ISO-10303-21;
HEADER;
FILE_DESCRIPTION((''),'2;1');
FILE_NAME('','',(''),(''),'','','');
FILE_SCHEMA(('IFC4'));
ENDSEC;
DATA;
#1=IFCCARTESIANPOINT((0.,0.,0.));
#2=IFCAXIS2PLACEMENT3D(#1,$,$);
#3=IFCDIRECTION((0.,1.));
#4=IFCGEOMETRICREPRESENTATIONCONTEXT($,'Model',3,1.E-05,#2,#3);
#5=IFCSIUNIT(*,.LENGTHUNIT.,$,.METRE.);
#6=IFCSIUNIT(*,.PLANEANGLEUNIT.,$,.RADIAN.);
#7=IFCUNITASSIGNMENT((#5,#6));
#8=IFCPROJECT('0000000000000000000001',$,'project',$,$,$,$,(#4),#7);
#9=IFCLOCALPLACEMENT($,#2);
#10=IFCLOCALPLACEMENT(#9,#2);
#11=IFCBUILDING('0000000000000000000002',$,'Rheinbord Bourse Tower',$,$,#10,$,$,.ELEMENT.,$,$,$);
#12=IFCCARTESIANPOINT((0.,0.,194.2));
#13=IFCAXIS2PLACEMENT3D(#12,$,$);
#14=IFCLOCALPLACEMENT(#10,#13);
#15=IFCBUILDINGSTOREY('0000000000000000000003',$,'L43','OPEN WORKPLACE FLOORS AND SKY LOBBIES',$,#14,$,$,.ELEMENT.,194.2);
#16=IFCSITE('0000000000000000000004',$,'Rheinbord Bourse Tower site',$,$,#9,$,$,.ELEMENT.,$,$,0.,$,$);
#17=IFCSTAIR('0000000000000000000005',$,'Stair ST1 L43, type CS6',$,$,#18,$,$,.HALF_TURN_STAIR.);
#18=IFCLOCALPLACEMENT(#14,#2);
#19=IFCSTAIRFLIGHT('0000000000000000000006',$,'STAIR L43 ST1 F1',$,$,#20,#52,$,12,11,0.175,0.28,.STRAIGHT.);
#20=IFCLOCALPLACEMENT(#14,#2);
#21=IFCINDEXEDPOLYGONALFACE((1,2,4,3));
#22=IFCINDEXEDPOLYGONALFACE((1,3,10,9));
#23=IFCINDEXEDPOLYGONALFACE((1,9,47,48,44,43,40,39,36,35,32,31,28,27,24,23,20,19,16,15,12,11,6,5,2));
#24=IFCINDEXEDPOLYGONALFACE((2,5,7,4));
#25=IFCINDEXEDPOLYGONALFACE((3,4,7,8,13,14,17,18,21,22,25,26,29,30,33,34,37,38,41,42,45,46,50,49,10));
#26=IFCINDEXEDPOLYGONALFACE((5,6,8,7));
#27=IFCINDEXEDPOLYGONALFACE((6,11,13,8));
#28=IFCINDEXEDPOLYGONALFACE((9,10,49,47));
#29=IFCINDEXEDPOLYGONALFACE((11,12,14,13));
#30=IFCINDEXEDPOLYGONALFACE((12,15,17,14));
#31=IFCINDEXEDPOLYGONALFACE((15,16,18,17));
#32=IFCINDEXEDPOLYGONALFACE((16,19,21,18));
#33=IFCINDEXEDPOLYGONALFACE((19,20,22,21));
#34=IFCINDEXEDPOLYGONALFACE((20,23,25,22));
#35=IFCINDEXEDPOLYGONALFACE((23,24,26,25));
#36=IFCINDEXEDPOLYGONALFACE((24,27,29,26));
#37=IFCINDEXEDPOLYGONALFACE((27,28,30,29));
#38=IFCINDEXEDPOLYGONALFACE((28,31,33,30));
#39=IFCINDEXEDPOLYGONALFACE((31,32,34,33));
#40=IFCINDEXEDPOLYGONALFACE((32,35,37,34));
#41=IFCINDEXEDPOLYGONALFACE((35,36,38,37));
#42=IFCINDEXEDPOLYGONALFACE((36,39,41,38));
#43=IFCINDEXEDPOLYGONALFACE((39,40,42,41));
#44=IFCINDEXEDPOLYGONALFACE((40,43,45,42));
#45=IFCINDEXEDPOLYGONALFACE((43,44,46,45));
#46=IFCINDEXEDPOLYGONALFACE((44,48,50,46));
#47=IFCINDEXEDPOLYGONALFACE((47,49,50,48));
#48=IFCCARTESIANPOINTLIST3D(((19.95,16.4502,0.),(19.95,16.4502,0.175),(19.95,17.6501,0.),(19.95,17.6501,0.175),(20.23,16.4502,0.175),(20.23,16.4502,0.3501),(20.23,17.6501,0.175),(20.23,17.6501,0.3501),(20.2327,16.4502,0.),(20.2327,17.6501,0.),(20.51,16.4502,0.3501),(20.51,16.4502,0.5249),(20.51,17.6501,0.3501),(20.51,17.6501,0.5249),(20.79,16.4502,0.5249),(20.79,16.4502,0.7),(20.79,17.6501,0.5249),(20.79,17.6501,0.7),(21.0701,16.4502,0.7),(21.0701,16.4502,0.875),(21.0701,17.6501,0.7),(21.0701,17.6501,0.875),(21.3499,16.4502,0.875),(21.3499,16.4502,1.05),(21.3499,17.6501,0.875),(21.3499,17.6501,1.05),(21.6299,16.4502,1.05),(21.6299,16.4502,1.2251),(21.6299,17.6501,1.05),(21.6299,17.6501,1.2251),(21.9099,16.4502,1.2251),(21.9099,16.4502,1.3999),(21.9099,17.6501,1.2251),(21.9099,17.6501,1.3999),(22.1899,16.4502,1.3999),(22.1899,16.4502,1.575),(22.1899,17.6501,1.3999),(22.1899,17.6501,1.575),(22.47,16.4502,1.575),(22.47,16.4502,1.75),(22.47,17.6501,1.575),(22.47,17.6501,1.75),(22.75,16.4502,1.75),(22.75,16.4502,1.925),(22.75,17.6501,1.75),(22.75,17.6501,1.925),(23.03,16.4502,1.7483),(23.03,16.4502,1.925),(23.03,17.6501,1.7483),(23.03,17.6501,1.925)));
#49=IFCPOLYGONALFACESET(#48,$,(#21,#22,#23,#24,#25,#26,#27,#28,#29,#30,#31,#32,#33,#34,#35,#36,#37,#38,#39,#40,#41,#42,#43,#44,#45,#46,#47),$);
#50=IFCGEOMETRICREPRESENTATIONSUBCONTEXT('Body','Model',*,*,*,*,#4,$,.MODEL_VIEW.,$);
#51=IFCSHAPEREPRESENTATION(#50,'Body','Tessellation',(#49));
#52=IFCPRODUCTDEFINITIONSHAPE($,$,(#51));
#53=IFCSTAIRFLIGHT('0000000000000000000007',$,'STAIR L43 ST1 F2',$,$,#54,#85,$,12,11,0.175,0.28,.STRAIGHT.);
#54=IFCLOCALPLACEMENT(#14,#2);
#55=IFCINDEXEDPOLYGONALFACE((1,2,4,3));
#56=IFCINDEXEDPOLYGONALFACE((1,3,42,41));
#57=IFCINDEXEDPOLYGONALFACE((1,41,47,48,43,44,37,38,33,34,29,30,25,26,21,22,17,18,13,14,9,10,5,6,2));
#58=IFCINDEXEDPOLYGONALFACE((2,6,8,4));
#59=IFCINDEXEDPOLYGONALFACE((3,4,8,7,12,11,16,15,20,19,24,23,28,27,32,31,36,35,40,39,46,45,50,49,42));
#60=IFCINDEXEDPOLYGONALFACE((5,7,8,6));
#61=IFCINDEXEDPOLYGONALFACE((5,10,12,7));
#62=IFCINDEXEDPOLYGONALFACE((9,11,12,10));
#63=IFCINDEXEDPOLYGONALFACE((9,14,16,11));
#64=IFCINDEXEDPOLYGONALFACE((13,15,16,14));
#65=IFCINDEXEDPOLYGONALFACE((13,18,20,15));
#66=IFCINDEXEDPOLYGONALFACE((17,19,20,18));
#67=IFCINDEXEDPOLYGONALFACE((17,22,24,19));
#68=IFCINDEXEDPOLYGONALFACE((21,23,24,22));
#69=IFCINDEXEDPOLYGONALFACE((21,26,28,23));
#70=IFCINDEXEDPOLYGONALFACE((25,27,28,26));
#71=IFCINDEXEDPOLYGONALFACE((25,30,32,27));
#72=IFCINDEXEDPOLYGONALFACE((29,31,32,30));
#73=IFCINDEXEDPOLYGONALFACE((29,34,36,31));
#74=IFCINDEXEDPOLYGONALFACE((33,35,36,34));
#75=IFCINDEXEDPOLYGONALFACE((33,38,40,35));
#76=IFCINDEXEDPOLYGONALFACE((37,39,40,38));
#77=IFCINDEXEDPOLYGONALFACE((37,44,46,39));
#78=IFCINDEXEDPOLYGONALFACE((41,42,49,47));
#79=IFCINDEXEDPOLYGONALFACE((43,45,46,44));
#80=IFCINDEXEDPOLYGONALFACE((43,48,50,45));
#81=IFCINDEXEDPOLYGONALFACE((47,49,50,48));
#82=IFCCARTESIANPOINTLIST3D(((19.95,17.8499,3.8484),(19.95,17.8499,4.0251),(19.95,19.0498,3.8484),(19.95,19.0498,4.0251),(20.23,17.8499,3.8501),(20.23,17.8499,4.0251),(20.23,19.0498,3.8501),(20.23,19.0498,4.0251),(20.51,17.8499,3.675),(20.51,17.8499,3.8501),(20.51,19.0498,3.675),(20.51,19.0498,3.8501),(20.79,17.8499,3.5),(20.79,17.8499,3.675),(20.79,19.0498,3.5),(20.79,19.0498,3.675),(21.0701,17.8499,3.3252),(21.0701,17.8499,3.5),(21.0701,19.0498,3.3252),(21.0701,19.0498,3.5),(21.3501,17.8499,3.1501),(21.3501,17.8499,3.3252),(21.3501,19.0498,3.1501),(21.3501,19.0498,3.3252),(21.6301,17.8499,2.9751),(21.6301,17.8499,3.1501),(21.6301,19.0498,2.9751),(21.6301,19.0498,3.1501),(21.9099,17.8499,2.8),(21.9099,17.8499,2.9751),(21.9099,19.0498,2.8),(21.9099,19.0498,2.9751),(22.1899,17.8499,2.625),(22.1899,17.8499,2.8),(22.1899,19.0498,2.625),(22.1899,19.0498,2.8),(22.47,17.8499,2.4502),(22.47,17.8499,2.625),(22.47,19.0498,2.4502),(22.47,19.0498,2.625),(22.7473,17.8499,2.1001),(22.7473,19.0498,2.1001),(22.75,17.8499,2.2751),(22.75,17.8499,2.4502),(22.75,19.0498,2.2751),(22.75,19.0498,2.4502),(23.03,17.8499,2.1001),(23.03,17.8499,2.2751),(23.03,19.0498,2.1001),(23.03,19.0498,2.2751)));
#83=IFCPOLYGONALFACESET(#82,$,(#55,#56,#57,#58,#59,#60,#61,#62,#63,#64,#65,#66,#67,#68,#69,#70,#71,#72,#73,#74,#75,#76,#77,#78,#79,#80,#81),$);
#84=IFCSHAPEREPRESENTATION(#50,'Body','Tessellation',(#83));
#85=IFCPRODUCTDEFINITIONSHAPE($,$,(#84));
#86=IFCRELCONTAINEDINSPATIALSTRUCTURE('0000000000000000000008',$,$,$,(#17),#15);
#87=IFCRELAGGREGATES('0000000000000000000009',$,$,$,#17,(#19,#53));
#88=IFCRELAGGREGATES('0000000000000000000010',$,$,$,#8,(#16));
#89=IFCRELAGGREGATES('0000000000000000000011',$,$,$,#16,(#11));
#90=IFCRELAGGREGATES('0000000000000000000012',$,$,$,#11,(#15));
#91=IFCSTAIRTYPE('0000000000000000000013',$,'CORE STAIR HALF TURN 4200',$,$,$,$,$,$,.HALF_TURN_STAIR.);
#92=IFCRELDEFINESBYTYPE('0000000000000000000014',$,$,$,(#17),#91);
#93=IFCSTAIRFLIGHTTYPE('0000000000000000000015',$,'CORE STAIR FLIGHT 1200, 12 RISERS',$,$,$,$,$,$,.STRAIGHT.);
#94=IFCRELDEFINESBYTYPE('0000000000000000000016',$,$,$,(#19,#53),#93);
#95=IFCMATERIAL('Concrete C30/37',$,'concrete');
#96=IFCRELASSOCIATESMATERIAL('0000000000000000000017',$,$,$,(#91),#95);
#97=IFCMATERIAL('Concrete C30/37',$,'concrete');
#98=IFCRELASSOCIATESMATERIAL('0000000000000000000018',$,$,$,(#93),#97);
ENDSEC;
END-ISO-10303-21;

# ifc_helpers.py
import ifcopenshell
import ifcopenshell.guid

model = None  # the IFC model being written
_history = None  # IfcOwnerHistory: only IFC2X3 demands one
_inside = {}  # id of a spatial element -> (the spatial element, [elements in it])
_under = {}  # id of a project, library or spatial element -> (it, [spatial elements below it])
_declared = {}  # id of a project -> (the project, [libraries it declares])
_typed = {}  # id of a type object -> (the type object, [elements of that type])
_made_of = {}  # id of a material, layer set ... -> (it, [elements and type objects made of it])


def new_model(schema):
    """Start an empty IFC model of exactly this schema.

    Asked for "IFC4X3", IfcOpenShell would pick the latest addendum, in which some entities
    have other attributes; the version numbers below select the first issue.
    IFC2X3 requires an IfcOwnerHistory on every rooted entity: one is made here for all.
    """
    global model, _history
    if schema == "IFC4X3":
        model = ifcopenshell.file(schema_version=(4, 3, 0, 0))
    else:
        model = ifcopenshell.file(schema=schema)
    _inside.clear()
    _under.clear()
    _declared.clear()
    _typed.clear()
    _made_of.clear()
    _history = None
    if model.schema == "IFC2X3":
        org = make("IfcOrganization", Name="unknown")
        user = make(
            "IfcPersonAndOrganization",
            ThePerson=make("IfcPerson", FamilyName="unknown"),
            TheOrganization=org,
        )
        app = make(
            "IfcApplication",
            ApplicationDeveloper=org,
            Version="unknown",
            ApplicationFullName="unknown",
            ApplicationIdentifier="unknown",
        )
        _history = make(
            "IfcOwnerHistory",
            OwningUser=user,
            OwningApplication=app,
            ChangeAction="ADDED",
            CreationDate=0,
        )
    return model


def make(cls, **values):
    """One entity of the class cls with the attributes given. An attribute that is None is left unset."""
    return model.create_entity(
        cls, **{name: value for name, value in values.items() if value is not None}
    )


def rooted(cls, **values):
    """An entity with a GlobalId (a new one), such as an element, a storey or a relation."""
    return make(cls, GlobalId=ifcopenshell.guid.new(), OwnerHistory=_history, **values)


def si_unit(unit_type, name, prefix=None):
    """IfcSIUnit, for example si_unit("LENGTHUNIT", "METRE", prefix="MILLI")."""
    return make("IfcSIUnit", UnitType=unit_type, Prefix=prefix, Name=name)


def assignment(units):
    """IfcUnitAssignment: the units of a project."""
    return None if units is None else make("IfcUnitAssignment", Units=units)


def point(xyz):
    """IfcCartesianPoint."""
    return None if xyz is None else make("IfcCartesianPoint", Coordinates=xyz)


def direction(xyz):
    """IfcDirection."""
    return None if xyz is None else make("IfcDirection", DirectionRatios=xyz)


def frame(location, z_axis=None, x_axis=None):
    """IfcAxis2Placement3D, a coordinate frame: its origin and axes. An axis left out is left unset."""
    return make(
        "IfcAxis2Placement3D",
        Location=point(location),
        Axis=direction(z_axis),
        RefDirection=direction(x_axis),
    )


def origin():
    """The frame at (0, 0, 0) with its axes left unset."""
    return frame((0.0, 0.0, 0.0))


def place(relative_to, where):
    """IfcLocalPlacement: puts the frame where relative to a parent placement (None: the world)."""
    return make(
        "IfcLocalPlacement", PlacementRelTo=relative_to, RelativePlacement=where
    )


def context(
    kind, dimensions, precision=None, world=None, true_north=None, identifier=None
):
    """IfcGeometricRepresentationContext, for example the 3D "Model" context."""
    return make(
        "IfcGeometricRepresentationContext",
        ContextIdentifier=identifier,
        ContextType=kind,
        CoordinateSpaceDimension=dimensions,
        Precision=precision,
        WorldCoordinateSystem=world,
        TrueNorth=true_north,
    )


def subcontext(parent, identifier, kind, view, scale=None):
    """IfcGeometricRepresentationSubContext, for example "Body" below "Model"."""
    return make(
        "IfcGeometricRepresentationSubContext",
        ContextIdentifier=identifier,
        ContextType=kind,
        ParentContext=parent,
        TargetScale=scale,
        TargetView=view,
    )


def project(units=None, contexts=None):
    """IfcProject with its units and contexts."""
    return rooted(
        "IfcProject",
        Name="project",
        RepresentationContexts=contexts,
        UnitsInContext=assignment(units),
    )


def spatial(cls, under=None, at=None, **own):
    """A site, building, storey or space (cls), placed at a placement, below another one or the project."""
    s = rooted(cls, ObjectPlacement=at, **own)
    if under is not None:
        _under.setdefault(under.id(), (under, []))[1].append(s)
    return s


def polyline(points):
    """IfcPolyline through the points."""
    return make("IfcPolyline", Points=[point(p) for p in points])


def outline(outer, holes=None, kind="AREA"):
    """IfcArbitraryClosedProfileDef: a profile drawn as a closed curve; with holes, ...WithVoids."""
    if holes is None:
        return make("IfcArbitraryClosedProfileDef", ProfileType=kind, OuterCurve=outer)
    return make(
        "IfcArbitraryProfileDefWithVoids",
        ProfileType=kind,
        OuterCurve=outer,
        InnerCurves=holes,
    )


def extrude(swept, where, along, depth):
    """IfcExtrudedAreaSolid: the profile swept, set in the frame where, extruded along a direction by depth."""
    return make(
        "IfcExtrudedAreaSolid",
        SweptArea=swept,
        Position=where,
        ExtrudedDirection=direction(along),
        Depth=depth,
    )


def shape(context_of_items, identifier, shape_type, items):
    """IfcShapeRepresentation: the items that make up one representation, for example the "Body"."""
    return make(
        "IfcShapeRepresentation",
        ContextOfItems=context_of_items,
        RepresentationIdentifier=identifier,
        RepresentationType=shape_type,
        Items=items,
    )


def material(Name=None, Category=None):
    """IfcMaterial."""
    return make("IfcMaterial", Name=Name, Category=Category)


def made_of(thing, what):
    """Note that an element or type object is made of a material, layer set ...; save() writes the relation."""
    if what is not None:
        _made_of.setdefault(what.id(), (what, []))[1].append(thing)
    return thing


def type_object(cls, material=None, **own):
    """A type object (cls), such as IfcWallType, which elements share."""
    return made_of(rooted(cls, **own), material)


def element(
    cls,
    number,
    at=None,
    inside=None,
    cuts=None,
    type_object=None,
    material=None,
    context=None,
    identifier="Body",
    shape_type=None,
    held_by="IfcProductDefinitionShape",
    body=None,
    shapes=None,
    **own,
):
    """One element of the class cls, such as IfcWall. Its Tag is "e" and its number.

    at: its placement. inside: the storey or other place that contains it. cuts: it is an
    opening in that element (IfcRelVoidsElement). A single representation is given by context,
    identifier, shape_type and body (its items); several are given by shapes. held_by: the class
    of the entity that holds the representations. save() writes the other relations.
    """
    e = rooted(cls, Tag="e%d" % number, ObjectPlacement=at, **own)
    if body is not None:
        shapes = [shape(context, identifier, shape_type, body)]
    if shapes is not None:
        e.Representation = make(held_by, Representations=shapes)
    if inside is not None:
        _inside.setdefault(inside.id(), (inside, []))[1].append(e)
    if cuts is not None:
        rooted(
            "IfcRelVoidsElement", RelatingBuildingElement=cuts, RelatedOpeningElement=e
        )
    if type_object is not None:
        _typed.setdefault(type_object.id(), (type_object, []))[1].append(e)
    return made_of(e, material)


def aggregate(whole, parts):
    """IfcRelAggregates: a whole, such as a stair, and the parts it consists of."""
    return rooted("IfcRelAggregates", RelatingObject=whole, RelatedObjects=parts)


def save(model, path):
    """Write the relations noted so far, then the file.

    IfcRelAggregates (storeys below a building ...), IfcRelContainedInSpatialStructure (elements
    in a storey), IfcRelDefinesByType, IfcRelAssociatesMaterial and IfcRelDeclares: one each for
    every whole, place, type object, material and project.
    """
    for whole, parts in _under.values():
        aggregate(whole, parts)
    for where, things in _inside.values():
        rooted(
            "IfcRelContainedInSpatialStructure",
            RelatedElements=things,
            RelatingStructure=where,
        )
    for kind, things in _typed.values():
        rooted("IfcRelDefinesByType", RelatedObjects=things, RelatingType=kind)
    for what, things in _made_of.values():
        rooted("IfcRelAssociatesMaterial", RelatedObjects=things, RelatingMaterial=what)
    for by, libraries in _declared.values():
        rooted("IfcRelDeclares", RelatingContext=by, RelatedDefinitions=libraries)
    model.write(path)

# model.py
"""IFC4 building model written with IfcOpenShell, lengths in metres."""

from ifc_helpers import new_model, si_unit, direction, frame, origin, place, context, subcontext, project, spatial, polyline, outline, extrude, material, type_object, element, aggregate, save


model = new_model("IFC4")

# Units and contexts
model_context = context("Model", 3, precision=1e-05, world=origin(), true_north=direction((0.0, 1.0)))
body_context = subcontext(model_context, "Body", "Model", "MODEL_VIEW")
ifc_project = project(units=[si_unit("LENGTHUNIT", "METRE"), si_unit("PLANEANGLEUNIT", "RADIAN")], contexts=[model_context])

# Site, building, storey
site_placement = place(None, origin())
site = spatial("IfcSite", under=ifc_project, at=site_placement, Name="Rheinbord Bourse Tower site", CompositionType="ELEMENT", RefElevation=0.0)
building_placement = place(site_placement, origin())
building = spatial("IfcBuilding", under=site, at=building_placement, Name="Rheinbord Bourse Tower", CompositionType="ELEMENT")
storey_placement = place(building_placement, frame((0.0, 0.0, 194.2)))
storey = spatial("IfcBuildingStorey", under=building, at=storey_placement, Name="L43", Description="OPEN WORKPLACE FLOORS AND SKY LOBBIES", CompositionType="ELEMENT", Elevation=194.2)

# Stair, stair flights
ifc_material_1 = material(Name="Concrete C30/37", Category="concrete")
stair_type = type_object("IfcStairType", Name="CORE STAIR HALF TURN 4200", PredefinedType="HALF_TURN_STAIR", material=ifc_material_1)
stair_placement = place(storey_placement, origin())
stair = element("IfcStair", 1, at=stair_placement, inside=storey, type_object=stair_type, Name="Stair ST1 L43, type CS6", PredefinedType="HALF_TURN_STAIR")
ifc_material_2 = material(Name="Concrete C30/37", Category="concrete")
stair_flight_type = type_object("IfcStairFlightType", Name="CORE STAIR FLIGHT 1200, 12 RISERS", PredefinedType="STRAIGHT", material=ifc_material_2)
stair_flight_1_placement = place(storey_placement, frame((19.95, 17.05, 0.0), z_axis=(0.0, 0.0, 1.0), x_axis=(1.0, 0.0, 0.0)))
stair_flight_1 = element("IfcStairFlight", 2, at=stair_flight_1_placement, type_object=stair_flight_type, Name="STAIR L43 ST1 F1", NumberOfRisers=12, NumberOfTreads=11, PredefinedType="STRAIGHT", RiserHeight=0.175, TreadLength=0.28, context=body_context, shape_type="SweptSolid", body=[
    extrude(outline(polyline([(0.0, 0.0), (0.0, 0.175), (0.28, 0.175), (0.28, 0.3501), (0.5601, 0.3501), (0.5601, 0.5249), (0.8401, 0.5249), (0.8401, 0.7), (1.1201, 0.7), (1.1201, 0.875), (1.3999, 0.875), (1.3999, 1.05), (1.6799, 1.05), (1.6799, 1.2251), (1.96, 1.2251), (1.96, 1.3999), (2.24, 1.3999), (2.24, 1.575), (2.52, 1.575), (2.52, 1.75), (2.8, 1.75), (2.8, 1.925), (3.0801, 1.925), (3.0801, 2.1001), (3.0801, 1.7483), (0.2827, 0.0), (0.0, 0.0)])), frame((0.0, 0.6001, 0.0), z_axis=(0.0, -1.0, 0.0), x_axis=(1.0, 0.0, 0.0)), (0.0, 0.0, 1.0), 1.2),
])
stair_flight_2_placement = place(storey_placement, frame((23.03, 18.45, 2.1001), z_axis=(0.0, 0.0, 1.0), x_axis=(-1.0, 0.0, 0.0)))
stair_flight_2 = element("IfcStairFlight", 3, at=stair_flight_2_placement, type_object=stair_flight_type, Name="STAIR L43 ST1 F2", NumberOfRisers=12, NumberOfTreads=11, PredefinedType="STRAIGHT", RiserHeight=0.175, TreadLength=0.28, context=body_context, shape_type="SweptSolid", body=[
    extrude(outline(polyline([(0.0, 0.0), (0.0, 0.175), (0.28, 0.175), (0.28, 0.3501), (0.5601, 0.3501), (0.5601, 0.5249), (0.8401, 0.5249), (0.8401, 0.7), (1.1201, 0.7), (1.1201, 0.875), (1.3999, 0.875), (1.3999, 1.05), (1.6799, 1.05), (1.6799, 1.2251), (1.96, 1.2251), (1.96, 1.3999), (2.24, 1.3999), (2.24, 1.575), (2.52, 1.575), (2.52, 1.75), (2.8, 1.75), (2.8, 1.925), (3.0801, 1.925), (3.0801, 2.1001), (3.0801, 1.7483), (0.2827, 0.0), (0.0, 0.0)])), frame((0.0, 0.6001, 0.0), z_axis=(0.0, -1.0, 0.0), x_axis=(1.0, 0.0, 0.0)), (0.0, 0.0, 1.0), 1.2),
])
aggregate(stair, [stair_flight_1, stair_flight_2])

save(model, "model.ifc")
